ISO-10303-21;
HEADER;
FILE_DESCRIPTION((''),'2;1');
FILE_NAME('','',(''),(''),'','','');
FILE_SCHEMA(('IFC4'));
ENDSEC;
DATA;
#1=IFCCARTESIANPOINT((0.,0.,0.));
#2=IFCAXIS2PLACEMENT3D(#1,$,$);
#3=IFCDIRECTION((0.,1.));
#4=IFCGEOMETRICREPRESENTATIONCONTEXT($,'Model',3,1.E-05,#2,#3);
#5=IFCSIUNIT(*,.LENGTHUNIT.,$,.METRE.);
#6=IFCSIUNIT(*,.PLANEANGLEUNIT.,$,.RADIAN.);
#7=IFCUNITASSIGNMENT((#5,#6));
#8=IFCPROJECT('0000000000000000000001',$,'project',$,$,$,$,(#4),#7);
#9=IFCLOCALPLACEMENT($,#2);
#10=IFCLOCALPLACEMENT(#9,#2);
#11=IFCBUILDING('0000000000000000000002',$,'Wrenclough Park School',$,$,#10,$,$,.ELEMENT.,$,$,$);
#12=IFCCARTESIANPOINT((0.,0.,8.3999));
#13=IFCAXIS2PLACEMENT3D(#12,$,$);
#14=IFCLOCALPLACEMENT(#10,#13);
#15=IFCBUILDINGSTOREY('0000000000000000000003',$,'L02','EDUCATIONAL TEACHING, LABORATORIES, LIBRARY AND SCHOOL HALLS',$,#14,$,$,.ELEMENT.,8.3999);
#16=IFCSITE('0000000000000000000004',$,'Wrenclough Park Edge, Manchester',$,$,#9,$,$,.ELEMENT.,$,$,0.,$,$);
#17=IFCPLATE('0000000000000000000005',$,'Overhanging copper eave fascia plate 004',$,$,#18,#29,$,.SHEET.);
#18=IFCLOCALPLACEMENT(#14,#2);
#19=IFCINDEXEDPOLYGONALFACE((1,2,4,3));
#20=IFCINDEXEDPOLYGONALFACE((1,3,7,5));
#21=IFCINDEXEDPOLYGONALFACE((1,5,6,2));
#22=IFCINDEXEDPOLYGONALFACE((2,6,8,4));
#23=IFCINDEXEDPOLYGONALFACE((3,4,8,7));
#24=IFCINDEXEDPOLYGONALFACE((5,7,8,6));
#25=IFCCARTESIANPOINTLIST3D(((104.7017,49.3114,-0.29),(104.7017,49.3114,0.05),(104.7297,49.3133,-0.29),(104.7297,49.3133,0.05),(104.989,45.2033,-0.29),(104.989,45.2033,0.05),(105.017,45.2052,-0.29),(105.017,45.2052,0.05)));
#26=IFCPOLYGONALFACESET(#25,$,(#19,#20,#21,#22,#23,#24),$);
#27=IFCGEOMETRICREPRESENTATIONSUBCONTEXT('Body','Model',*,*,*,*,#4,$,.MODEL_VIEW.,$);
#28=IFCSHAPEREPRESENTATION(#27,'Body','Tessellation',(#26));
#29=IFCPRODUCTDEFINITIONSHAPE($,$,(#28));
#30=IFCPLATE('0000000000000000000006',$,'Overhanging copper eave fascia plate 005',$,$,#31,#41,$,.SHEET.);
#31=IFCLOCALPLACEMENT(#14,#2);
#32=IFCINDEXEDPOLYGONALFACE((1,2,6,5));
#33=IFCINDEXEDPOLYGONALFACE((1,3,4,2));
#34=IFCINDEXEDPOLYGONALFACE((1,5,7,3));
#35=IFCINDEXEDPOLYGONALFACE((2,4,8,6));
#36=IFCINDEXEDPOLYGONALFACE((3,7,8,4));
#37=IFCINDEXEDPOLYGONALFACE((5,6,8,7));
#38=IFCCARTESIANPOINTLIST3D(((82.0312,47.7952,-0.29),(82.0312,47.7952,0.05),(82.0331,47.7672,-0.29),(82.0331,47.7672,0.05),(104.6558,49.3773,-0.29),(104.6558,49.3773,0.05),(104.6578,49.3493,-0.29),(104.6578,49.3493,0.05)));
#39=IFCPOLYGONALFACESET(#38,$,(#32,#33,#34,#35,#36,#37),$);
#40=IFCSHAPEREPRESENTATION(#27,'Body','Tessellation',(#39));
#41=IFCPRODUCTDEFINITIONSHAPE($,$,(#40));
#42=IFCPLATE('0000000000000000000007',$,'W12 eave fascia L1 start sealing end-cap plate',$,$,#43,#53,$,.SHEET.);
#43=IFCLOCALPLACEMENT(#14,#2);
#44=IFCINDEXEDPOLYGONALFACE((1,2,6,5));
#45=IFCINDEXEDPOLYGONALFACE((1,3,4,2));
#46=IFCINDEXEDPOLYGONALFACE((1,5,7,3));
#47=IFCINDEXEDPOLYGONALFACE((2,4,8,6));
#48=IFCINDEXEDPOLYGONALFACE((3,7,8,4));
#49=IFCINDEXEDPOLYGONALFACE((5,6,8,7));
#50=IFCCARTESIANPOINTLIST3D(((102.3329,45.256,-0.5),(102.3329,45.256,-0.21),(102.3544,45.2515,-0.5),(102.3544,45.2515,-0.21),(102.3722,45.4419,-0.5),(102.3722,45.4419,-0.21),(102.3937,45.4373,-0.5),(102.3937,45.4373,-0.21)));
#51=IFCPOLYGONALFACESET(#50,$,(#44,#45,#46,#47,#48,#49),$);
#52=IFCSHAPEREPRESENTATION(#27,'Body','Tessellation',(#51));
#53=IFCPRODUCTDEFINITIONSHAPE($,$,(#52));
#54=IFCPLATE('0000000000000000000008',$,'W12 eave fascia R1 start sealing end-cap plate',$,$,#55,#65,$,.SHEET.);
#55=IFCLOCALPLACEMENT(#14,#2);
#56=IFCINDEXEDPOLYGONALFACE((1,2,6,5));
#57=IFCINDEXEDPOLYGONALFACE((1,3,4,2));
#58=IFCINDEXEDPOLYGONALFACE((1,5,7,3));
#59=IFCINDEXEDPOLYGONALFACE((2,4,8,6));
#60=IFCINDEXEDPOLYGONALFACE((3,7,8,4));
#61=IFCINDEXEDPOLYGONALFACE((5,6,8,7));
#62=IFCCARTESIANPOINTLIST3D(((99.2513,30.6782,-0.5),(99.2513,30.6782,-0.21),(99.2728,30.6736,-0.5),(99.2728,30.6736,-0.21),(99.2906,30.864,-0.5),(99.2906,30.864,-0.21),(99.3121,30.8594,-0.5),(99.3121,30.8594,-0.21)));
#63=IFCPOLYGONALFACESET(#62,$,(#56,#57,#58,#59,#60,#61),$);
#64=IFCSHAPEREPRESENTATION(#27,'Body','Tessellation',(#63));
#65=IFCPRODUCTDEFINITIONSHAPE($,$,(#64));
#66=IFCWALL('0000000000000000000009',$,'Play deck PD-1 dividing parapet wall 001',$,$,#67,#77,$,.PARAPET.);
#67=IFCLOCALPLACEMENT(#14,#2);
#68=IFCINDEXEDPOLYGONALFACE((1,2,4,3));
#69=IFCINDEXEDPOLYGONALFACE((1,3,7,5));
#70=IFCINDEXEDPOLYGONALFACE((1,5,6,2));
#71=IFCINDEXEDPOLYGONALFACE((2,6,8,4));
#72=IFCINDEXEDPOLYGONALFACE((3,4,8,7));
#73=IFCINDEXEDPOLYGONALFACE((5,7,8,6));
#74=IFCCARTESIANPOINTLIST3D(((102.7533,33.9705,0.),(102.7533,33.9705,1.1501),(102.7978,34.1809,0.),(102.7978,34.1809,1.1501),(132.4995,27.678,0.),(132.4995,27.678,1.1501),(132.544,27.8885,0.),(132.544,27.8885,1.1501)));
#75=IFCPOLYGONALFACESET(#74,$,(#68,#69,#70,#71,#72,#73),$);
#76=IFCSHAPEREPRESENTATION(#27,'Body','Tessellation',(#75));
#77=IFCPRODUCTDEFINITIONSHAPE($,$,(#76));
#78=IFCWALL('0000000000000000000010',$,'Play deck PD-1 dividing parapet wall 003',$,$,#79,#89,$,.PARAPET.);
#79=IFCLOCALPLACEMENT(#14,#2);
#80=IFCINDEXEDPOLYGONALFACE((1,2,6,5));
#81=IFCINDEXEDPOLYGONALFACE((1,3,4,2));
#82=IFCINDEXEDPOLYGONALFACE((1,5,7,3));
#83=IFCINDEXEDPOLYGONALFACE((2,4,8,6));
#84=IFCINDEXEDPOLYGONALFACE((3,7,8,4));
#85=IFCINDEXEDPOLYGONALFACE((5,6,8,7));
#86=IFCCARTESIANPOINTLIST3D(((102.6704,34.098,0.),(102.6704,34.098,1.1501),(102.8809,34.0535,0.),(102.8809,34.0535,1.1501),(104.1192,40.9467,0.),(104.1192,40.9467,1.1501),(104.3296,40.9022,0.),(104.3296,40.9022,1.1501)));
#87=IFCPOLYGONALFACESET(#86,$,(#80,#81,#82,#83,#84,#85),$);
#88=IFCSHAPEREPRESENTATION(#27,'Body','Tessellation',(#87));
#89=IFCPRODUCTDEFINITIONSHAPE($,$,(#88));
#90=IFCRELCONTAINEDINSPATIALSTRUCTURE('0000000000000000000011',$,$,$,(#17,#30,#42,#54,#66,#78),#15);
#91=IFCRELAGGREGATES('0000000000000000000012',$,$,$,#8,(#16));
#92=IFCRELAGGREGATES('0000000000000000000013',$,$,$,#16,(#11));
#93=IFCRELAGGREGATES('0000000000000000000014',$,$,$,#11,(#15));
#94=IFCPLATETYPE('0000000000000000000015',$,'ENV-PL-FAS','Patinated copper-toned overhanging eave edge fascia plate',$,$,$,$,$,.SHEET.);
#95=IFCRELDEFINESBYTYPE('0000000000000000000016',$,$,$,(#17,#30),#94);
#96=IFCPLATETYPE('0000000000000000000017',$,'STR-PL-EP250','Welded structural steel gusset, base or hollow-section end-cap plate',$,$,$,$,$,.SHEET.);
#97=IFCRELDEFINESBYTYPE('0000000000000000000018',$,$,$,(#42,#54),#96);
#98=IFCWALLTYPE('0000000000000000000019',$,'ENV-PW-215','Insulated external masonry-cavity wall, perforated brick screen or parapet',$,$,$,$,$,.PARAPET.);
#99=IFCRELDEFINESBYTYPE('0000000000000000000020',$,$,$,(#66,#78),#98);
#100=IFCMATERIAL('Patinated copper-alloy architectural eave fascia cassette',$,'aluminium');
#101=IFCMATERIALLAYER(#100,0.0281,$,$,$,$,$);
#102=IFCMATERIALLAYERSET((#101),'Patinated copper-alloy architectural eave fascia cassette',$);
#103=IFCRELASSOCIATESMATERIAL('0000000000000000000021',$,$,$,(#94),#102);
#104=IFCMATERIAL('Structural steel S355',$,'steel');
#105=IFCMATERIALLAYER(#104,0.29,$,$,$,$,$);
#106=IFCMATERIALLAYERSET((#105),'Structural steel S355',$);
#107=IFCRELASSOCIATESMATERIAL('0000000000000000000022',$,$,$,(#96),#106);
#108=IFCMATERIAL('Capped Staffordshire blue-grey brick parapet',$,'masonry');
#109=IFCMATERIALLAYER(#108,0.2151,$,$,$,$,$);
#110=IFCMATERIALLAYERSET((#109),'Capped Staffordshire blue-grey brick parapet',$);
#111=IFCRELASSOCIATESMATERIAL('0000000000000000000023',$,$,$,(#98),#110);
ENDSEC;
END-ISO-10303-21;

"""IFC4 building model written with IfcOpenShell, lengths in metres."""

from ifc_helpers import new_model, si_unit, direction, frame, frame_2d, origin, origin_2d, place, context, subcontext, project, spatial, rectangle, extrude, material, layer, layer_set, type_object, element, save


model = new_model("IFC4")

# Units and contexts
model_context = context("Model", 3, precision=1e-05, world=origin(), true_north=direction((0.0, 1.0)))
body_context = subcontext(model_context, "Body", "Model", "MODEL_VIEW")
ifc_project = project(units=[si_unit("LENGTHUNIT", "METRE"), si_unit("PLANEANGLEUNIT", "RADIAN")], contexts=[model_context])

# Site, building, storey
site_placement = place(None, origin())
site = spatial("IfcSite", under=ifc_project, at=site_placement, Name="Wrenclough Park Edge, Manchester", CompositionType="ELEMENT", RefElevation=0.0)
building_placement = place(site_placement, origin())
building = spatial("IfcBuilding", under=site, at=building_placement, Name="Wrenclough Park School", CompositionType="ELEMENT")
storey_placement = place(building_placement, frame((0.0, 0.0, 8.3999)))
storey = spatial("IfcBuildingStorey", under=building, at=storey_placement, Name="L02", Description="EDUCATIONAL TEACHING, LABORATORIES, LIBRARY AND SCHOOL HALLS", CompositionType="ELEMENT", Elevation=8.3999)

# Shared definitions
ifc_material_1 = material(Name="Structural steel S355", Category="steel")

# Plates
ifc_material_2 = material(Name="Patinated copper-alloy architectural eave fascia cassette", Category="aluminium")
ifc_layer_1 = layer(ifc_material_2, 0.0281)
ifc_layer_set_1 = layer_set([ifc_layer_1], Name="Patinated copper-alloy architectural eave fascia cassette")
plate_type_1 = type_object("IfcPlateType", Name="ENV-PL-FAS", Description="Patinated copper-toned overhanging eave edge fascia plate", PredefinedType="SHEET", material=ifc_layer_set_1)
plate_1_placement = place(storey_placement, frame((104.8594, 47.2583, -0.29), z_axis=(0.0, 0.0, 1.0), x_axis=(-0.069771, 0.997563, 0.0)))
element("IfcPlate", 1, at=plate_1_placement, inside=storey, type_object=plate_type_1, Name="Overhanging copper eave fascia plate 004", PredefinedType="SHEET", context=body_context, shape_type="SweptSolid", body=[
    extrude(rectangle(XDim=4.1182, YDim=0.0281, at=origin_2d()), origin(), (0.0, 0.0, 1.0), 0.3401),
])
plate_2_placement = place(storey_placement, frame((93.3445, 48.5723, -0.29), z_axis=(0.0, 0.0, 1.0), x_axis=(-0.997564, -0.069759, 0.0)))
element("IfcPlate", 2, at=plate_2_placement, inside=storey, type_object=plate_type_1, Name="Overhanging copper eave fascia plate 005", PredefinedType="SHEET", context=body_context, shape_type="SweptSolid", body=[
    extrude(rectangle(XDim=22.6799, YDim=0.0281, at=origin_2d()), origin(), (0.0, 0.0, 1.0), 0.3401),
])
ifc_layer_2 = layer(ifc_material_1, 0.29)
ifc_layer_set_2 = layer_set([ifc_layer_2], Name="Structural steel S355")
plate_type_2 = type_object("IfcPlateType", Name="STR-PL-EP250", Description="Welded structural steel gusset, base or hollow-section end-cap plate", PredefinedType="SHEET", material=ifc_layer_set_2)
for number, where, z_axis, x_axis, name in (
    (3, (102.3633, 45.3467, -0.5), (0.0, 0.0, 1.0), (0.978365, -0.206887, 0.0), "W12 eave fascia L1 start sealing end-cap plate"),
    (4, (99.2817, 30.7688, -0.5), (0.0, 0.0, 1.0), (0.978365, -0.206887, 0.0), "W12 eave fascia R1 start sealing end-cap plate"),
):
    element("IfcPlate", number, at=place(storey_placement, frame(where, z_axis=z_axis, x_axis=x_axis)), inside=storey, type_object=plate_type_2, Name=name, PredefinedType="SHEET", context=body_context, shape_type="SweptSolid", body=[
        extrude(rectangle(XDim=0.022, YDim=0.1899, at=origin_2d()), origin(), (0.0, 0.0, 1.0), 0.29),
    ])

# Walls
ifc_material_3 = material(Name="Capped Staffordshire blue-grey brick parapet", Category="masonry")
ifc_layer_3 = layer(ifc_material_3, 0.2151)
ifc_layer_set_3 = layer_set([ifc_layer_3], Name="Capped Staffordshire blue-grey brick parapet")
wall_type = type_object("IfcWallType", Name="ENV-PW-215", Description="Insulated external masonry-cavity wall, perforated brick screen or parapet", PredefinedType="PARAPET", material=ifc_layer_set_3)
wall_1_placement = place(storey_placement, frame((102.7756, 34.0757, 0.0), z_axis=(0.0, 0.0, 1.0), x_axis=(0.97835, -0.206958, 0.0)))
element("IfcWall", 5, at=wall_1_placement, inside=storey, type_object=wall_type, Name="Play deck PD-1 dividing parapet wall 001", PredefinedType="PARAPET", context=body_context, shape_type="SweptSolid", body=[
    extrude(rectangle(XDim=30.4045, YDim=0.2151, at=frame_2d((15.2021, 0.0))), origin(), (0.0, 0.0, 1.0), 1.1501),
])
wall_2_placement = place(storey_placement, frame((104.2244, 40.9243, 0.0), z_axis=(0.0, 0.0, 1.0), x_axis=(-0.206956, -0.97835, 0.0)))
element("IfcWall", 6, at=wall_2_placement, inside=storey, type_object=wall_type, Name="Play deck PD-1 dividing parapet wall 003", PredefinedType="PARAPET", context=body_context, shape_type="SweptSolid", body=[
    extrude(rectangle(XDim=7.0002, YDim=0.2151, at=frame_2d((3.5, 0.0))), origin(), (0.0, 0.0, 1.0), 1.1501),
])

save(model, "model.ifc")
